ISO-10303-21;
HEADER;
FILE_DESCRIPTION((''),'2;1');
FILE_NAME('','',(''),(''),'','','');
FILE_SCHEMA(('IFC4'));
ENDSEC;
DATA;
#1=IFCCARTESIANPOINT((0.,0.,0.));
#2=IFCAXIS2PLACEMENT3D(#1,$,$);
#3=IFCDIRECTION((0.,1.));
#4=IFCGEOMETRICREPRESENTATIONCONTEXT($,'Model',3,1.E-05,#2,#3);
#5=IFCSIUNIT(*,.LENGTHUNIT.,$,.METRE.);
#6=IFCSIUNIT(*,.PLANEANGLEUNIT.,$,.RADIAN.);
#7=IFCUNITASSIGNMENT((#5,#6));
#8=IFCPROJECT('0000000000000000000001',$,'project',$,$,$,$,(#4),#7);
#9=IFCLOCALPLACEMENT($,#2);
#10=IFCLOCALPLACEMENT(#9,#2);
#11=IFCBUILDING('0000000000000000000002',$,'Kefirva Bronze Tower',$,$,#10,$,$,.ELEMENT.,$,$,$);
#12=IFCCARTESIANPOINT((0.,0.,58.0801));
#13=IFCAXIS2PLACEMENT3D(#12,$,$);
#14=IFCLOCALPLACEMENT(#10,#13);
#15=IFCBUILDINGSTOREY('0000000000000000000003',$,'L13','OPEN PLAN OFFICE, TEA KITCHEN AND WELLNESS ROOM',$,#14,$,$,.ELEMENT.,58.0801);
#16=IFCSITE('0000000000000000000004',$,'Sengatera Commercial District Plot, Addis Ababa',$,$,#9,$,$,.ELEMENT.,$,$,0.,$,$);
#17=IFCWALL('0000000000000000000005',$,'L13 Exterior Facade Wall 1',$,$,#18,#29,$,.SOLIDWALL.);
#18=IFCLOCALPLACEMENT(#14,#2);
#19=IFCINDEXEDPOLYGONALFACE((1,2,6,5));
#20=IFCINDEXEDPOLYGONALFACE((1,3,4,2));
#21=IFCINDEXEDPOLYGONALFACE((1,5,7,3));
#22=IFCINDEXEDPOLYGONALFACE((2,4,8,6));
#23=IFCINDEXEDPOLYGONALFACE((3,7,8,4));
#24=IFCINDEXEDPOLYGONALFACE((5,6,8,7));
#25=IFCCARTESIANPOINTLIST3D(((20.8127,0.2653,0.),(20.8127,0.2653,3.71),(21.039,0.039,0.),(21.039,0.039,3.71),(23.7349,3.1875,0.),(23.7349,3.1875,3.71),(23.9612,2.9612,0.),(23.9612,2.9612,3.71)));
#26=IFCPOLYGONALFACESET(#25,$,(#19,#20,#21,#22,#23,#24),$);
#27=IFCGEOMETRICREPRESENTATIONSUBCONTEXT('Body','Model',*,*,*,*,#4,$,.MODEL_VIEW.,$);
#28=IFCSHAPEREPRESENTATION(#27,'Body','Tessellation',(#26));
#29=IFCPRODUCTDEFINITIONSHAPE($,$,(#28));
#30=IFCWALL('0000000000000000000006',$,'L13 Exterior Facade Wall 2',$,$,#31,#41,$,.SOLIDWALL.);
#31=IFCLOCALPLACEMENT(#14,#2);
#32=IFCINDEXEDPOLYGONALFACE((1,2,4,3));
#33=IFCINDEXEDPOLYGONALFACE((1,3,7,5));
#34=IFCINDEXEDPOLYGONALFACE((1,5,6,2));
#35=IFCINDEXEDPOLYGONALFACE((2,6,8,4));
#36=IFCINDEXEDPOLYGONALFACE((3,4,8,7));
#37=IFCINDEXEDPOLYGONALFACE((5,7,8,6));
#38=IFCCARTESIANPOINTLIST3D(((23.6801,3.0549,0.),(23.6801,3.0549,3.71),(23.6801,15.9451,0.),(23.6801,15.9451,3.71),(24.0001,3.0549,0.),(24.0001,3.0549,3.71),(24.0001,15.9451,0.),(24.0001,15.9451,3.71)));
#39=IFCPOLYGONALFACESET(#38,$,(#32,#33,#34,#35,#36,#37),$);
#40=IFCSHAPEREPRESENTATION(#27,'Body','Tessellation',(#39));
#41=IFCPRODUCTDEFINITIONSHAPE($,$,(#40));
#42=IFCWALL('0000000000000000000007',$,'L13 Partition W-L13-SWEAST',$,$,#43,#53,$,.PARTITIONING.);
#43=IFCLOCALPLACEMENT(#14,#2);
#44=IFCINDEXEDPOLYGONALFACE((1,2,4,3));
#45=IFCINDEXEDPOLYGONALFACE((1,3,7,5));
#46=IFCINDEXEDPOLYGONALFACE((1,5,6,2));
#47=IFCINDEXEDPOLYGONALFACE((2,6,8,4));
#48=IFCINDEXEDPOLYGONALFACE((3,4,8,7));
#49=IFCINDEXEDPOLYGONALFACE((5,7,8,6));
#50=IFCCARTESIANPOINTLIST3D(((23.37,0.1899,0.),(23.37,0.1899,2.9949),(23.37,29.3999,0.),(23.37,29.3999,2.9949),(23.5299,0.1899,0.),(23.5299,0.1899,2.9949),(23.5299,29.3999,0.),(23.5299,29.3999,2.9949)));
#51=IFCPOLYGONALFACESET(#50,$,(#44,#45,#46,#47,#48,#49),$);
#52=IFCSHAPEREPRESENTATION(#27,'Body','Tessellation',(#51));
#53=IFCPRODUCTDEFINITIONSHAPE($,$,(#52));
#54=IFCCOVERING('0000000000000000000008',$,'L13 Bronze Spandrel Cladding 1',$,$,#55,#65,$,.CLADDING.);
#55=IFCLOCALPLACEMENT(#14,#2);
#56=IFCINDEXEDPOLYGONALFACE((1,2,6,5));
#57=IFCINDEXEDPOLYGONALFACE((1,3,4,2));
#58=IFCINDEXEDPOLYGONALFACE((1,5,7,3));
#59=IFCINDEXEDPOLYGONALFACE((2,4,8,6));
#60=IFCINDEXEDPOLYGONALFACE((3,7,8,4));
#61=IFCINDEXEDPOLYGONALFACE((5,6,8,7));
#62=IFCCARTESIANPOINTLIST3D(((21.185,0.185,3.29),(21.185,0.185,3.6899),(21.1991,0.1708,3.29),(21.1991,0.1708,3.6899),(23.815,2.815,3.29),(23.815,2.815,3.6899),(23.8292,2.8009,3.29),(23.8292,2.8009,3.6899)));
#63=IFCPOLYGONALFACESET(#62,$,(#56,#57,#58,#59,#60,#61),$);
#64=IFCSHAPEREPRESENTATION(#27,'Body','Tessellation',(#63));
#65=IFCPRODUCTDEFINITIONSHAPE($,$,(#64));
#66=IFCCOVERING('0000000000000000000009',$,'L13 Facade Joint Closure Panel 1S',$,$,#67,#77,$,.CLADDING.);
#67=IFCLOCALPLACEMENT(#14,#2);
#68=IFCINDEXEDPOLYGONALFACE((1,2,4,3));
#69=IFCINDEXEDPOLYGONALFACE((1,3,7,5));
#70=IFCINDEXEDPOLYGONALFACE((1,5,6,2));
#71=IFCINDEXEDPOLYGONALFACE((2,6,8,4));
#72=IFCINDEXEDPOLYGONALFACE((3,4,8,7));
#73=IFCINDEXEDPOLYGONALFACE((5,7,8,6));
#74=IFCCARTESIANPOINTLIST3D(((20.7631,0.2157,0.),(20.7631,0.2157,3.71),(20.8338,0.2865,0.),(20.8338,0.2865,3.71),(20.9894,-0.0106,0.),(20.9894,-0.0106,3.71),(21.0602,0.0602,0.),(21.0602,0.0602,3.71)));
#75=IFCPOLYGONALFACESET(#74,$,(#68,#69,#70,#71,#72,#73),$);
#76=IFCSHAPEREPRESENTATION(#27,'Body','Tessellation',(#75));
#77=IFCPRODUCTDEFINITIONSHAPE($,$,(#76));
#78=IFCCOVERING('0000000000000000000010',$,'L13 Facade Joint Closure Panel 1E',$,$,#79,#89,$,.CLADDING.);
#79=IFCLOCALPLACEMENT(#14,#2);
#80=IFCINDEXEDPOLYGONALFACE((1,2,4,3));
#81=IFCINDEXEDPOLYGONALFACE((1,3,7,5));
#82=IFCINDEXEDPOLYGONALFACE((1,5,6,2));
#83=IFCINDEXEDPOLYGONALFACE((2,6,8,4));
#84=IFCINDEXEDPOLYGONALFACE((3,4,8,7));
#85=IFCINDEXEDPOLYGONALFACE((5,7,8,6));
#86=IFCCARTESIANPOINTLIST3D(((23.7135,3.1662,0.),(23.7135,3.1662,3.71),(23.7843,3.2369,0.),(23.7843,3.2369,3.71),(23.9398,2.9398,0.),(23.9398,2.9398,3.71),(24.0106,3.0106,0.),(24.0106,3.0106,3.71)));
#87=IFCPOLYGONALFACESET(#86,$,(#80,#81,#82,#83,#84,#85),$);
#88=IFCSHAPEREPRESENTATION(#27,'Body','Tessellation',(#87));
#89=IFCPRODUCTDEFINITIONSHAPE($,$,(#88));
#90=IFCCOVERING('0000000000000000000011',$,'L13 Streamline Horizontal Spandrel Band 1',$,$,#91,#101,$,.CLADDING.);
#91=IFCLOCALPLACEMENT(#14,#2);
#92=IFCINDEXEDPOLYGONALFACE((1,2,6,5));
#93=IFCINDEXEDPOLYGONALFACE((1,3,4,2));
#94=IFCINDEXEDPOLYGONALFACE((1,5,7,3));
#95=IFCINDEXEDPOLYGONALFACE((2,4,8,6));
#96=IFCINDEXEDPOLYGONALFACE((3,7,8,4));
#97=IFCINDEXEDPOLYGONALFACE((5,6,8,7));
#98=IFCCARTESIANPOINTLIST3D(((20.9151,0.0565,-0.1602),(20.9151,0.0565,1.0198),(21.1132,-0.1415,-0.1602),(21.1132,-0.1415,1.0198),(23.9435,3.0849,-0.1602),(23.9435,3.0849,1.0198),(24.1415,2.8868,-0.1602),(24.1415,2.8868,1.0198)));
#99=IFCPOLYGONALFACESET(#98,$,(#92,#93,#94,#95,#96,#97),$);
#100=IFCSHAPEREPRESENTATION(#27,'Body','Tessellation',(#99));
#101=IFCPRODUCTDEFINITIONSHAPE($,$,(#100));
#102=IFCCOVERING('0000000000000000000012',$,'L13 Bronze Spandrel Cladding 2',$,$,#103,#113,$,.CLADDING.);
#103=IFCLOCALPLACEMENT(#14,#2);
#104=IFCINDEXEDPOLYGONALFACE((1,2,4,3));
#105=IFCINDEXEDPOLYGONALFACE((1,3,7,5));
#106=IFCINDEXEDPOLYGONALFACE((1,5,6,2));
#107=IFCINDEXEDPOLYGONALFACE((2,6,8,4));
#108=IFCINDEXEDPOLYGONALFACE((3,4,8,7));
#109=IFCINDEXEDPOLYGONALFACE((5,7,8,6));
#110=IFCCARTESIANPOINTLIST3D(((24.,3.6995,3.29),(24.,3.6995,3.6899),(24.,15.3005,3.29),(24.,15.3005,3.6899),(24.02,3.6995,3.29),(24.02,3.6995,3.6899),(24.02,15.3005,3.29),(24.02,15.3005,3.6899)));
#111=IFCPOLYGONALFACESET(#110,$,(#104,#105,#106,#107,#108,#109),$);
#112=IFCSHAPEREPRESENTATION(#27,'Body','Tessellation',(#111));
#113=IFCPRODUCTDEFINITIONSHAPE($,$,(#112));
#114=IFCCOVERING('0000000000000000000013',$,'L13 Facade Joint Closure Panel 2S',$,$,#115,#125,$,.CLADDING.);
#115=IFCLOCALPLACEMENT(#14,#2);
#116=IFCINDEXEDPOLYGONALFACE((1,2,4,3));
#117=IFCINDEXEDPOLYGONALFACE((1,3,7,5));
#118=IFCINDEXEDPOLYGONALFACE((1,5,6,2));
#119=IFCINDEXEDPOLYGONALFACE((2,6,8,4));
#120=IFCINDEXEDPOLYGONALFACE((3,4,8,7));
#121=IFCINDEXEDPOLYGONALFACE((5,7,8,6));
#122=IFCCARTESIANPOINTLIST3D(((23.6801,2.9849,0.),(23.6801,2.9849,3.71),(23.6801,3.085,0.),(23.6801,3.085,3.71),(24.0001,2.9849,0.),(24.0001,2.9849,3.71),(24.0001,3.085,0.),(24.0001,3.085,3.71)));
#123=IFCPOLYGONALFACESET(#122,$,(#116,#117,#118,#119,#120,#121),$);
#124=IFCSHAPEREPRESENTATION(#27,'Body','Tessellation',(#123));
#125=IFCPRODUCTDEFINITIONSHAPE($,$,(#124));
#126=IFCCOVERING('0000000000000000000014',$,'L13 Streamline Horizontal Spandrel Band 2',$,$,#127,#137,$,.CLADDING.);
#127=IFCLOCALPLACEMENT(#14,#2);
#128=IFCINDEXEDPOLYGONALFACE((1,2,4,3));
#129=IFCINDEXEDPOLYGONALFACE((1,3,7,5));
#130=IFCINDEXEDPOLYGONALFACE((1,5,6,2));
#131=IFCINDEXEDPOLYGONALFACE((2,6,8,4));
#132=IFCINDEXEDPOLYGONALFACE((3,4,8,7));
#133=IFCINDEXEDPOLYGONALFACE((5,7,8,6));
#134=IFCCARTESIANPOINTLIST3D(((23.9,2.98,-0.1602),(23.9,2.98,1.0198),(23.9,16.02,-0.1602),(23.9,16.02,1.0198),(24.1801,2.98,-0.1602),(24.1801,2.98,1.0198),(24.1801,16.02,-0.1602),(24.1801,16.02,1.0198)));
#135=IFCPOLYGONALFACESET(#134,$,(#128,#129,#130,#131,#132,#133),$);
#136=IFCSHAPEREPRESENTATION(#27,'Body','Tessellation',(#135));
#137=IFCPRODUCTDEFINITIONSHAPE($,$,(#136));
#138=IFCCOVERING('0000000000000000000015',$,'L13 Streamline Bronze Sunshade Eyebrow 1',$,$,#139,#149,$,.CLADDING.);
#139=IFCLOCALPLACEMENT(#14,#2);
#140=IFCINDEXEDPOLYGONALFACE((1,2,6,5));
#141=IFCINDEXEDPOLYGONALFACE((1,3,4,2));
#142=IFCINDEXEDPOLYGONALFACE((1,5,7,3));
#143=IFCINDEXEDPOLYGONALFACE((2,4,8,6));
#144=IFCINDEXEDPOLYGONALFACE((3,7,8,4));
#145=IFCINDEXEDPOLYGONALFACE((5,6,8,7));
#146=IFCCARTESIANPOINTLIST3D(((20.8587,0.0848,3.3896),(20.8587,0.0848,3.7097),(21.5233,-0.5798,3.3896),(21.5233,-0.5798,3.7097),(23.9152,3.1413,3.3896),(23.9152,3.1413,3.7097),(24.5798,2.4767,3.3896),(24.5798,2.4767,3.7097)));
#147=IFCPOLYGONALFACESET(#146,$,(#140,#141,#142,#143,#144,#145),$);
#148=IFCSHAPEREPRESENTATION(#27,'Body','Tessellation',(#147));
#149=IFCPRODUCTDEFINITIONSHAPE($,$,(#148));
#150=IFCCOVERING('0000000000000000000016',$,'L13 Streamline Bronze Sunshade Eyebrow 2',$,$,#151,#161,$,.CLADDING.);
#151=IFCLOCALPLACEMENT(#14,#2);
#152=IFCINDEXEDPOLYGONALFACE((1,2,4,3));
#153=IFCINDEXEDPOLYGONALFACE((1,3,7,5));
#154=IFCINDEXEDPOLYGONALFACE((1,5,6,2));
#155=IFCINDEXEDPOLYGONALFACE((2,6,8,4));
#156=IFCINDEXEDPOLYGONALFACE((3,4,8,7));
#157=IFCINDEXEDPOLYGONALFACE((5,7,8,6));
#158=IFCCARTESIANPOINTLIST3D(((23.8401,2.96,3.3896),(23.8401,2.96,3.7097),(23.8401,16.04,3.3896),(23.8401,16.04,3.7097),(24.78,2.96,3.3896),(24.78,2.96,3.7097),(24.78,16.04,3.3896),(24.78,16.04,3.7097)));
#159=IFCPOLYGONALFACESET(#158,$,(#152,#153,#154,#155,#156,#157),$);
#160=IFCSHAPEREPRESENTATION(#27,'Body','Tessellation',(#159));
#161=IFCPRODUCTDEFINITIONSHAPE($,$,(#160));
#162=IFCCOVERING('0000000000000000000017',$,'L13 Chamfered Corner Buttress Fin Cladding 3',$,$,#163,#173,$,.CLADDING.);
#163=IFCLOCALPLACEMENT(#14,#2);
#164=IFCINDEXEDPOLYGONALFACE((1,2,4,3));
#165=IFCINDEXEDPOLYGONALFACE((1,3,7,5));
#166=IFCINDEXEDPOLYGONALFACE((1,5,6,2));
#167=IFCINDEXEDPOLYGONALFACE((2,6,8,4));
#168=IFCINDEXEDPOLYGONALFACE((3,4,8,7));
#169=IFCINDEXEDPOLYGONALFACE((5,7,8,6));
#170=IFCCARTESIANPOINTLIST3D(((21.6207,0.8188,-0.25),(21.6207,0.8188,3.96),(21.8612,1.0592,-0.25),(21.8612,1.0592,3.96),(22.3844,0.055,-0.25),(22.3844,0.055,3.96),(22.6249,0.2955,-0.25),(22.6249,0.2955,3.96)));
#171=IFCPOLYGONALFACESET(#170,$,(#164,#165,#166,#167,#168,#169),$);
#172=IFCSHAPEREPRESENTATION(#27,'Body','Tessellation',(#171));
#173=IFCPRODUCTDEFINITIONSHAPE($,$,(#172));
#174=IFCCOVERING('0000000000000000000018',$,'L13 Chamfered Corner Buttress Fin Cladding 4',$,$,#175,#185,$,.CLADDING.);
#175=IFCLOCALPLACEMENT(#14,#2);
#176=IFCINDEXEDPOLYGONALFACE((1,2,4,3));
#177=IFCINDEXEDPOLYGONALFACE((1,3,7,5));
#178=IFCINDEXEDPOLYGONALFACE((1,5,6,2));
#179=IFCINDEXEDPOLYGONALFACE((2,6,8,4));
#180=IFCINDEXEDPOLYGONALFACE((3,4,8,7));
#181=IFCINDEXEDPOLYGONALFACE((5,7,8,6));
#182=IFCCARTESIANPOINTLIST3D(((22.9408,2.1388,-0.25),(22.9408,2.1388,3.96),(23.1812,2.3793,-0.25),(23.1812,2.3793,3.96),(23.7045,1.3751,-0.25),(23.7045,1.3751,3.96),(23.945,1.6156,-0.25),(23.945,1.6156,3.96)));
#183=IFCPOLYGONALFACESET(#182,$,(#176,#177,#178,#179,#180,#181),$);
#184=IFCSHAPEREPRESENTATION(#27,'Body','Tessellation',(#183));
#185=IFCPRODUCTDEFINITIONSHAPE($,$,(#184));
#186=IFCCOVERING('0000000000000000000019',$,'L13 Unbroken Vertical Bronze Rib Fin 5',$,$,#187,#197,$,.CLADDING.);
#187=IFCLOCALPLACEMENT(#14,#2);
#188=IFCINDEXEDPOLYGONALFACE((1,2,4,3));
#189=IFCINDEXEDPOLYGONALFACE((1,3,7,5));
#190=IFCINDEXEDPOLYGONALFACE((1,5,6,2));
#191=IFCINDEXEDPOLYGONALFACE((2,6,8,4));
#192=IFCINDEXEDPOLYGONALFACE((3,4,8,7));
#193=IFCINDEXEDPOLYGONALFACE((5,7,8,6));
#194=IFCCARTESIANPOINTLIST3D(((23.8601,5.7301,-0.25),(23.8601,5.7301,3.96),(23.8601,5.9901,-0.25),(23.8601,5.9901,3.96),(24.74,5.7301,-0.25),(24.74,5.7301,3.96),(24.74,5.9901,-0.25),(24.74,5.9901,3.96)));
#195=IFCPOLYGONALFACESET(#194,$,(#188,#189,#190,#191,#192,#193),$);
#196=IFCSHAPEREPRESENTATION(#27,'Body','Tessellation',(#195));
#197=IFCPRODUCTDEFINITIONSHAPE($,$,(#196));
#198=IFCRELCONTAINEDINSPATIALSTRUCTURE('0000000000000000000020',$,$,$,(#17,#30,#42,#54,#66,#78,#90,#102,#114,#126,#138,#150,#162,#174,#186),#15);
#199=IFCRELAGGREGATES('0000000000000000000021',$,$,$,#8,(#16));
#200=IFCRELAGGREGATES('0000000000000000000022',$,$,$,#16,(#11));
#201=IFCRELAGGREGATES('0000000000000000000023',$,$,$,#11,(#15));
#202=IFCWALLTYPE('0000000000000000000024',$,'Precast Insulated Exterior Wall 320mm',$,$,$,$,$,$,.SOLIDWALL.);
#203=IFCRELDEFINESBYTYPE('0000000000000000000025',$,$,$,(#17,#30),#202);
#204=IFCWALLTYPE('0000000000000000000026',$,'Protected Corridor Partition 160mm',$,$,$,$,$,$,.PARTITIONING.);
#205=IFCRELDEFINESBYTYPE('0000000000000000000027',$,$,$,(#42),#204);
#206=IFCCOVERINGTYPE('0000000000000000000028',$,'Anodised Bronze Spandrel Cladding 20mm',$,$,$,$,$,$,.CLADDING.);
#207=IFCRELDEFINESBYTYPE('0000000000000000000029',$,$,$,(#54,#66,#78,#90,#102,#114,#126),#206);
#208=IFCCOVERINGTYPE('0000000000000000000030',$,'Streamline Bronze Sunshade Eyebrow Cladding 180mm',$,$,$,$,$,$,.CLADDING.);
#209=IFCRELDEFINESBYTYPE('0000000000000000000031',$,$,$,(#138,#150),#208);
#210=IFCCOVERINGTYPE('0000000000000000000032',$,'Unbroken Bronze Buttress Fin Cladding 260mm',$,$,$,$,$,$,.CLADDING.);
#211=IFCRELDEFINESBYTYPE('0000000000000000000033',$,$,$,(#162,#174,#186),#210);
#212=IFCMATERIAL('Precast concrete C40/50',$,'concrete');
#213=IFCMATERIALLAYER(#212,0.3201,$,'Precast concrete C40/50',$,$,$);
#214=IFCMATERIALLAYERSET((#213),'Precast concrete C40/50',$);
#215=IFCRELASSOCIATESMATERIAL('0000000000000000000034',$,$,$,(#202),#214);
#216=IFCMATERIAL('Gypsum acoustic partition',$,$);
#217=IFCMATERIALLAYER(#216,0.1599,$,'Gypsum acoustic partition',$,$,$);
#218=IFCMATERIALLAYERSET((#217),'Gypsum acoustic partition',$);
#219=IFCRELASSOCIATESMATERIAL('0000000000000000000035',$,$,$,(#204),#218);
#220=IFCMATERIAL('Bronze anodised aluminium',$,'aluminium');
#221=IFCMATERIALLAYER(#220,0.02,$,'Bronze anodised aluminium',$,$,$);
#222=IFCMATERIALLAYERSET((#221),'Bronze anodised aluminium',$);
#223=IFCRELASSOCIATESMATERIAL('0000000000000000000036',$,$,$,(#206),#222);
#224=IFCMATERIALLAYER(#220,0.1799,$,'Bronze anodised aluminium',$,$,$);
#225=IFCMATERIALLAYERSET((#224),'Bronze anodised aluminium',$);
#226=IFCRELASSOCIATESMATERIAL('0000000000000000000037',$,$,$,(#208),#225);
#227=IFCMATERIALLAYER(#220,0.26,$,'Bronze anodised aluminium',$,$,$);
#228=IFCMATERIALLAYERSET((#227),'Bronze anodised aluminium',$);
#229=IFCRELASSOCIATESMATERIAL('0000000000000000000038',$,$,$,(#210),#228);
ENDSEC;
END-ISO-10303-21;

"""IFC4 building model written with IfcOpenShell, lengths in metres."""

from ifc_helpers import new_model, si_unit, direction, frame, frame_2d, origin, origin_2d, place, context, subcontext, project, spatial, rectangle, extrude, material, layer, layer_set, type_object, element, save


model = new_model("IFC4")

# Units and contexts
model_context = context("Model", 3, precision=1e-05, world=origin(), true_north=direction((0.0, 1.0)))
body_context = subcontext(model_context, "Body", "Model", "MODEL_VIEW")
ifc_project = project(units=[si_unit("LENGTHUNIT", "METRE"), si_unit("PLANEANGLEUNIT", "RADIAN")], contexts=[model_context])

# Site, building, storey
site_placement = place(None, origin())
site = spatial("IfcSite", under=ifc_project, at=site_placement, Name="Sengatera Commercial District Plot, Addis Ababa", CompositionType="ELEMENT", RefElevation=0.0)
building_placement = place(site_placement, origin())
building = spatial("IfcBuilding", under=site, at=building_placement, Name="Kefirva Bronze Tower", CompositionType="ELEMENT")
storey_placement = place(building_placement, frame((0.0, 0.0, 58.0801)))
storey = spatial("IfcBuildingStorey", under=building, at=storey_placement, Name="L13", Description="OPEN PLAN OFFICE, TEA KITCHEN AND WELLNESS ROOM", CompositionType="ELEMENT", Elevation=58.0801)

# Shared definitions
ifc_material_1 = material(Name="Bronze anodised aluminium", Category="aluminium")

# Walls
ifc_material_2 = material(Name="Precast concrete C40/50", Category="concrete")
ifc_layer_1 = layer(ifc_material_2, 0.3201, Name="Precast concrete C40/50")
ifc_layer_set_1 = layer_set([ifc_layer_1], Name="Precast concrete C40/50")
wall_type_1 = type_object("IfcWallType", Name="Precast Insulated Exterior Wall 320mm", PredefinedType="SOLIDWALL", material=ifc_layer_set_1)
wall_1_placement = place(storey_placement, frame((20.9258, 0.1521, 0.0), z_axis=(0.0, 0.0, 1.0), x_axis=(0.707107, 0.707107, 0.0)))
element("IfcWall", 1, at=wall_1_placement, inside=storey, type_object=wall_type_1, Name="L13 Exterior Facade Wall 1", PredefinedType="SOLIDWALL", context=body_context, shape_type="SweptSolid", body=[
    extrude(rectangle(XDim=4.1326, YDim=0.3201, at=frame_2d((2.0664, 0.0))), origin(), (0.0, 0.0, 1.0), 3.71),
])
wall_2_placement = place(storey_placement, frame((23.8401, 3.0549, 0.0), z_axis=(0.0, 0.0, 1.0), x_axis=(0.0, 1.0, 0.0)))
element("IfcWall", 2, at=wall_2_placement, inside=storey, type_object=wall_type_1, Name="L13 Exterior Facade Wall 2", PredefinedType="SOLIDWALL", context=body_context, shape_type="SweptSolid", body=[
    extrude(rectangle(XDim=12.8901, YDim=0.3201, at=frame_2d((6.4451, 0.0))), origin(), (0.0, 0.0, 1.0), 3.71),
])
ifc_material_3 = material(Name="Gypsum acoustic partition")
ifc_layer_2 = layer(ifc_material_3, 0.1599, Name="Gypsum acoustic partition")
ifc_layer_set_2 = layer_set([ifc_layer_2], Name="Gypsum acoustic partition")
wall_type_2 = type_object("IfcWallType", Name="Protected Corridor Partition 160mm", PredefinedType="PARTITIONING", material=ifc_layer_set_2)
wall_3_placement = place(storey_placement, frame((23.45, 0.1899, 0.0), z_axis=(0.0, 0.0, 1.0), x_axis=(0.0, 1.0, 0.0)))
element("IfcWall", 3, at=wall_3_placement, inside=storey, type_object=wall_type_2, Name="L13 Partition W-L13-SWEAST", PredefinedType="PARTITIONING", context=body_context, shape_type="SweptSolid", body=[
    extrude(rectangle(XDim=29.21, YDim=0.1599, at=frame_2d((14.605, 0.0))), origin(), (0.0, 0.0, 1.0), 2.9949),
])

# Coverings
ifc_layer_3 = layer(ifc_material_1, 0.02, Name="Bronze anodised aluminium")
ifc_layer_set_3 = layer_set([ifc_layer_3], Name="Bronze anodised aluminium")
covering_type_1 = type_object("IfcCoveringType", Name="Anodised Bronze Spandrel Cladding 20mm", PredefinedType="CLADDING", material=ifc_layer_set_3)
covering_1_placement = place(storey_placement, frame((22.5071, 1.4929, 3.29), z_axis=(0.0, 0.0, 1.0), x_axis=(0.707107, 0.707107, 0.0)))
element("IfcCovering", 4, at=covering_1_placement, inside=storey, type_object=covering_type_1, Name="L13 Bronze Spandrel Cladding 1", PredefinedType="CLADDING", context=body_context, shape_type="SweptSolid", body=[
    extrude(rectangle(XDim=3.7195, YDim=0.02, at=origin_2d()), origin(), (0.0, 0.0, 1.0), 0.3999),
])
for number, where, z_axis, x_axis, name in (
    (5, (20.9116, 0.1379, 0.0), (0.0, 0.0, 1.0), (0.707107, 0.707107, 0.0), "L13 Facade Joint Closure Panel 1S"),
    (6, (23.8621, 3.0884, 0.0), (0.0, 0.0, 1.0), (0.707107, 0.707107, 0.0), "L13 Facade Joint Closure Panel 1E"),
):
    element("IfcCovering", number, at=place(storey_placement, frame(where, z_axis=z_axis, x_axis=x_axis)), inside=storey, type_object=covering_type_1, Name=name, PredefinedType="CLADDING", context=body_context, shape_type="SweptSolid", body=[
        extrude(rectangle(XDim=0.1001, YDim=0.3201, at=origin_2d()), origin(), (0.0, 0.0, 1.0), 3.71),
    ])
covering_2_placement = place(storey_placement, frame((22.5283, 1.4717, -0.1602), z_axis=(0.0, 0.0, 1.0), x_axis=(0.707107, 0.707107, 0.0)))
element("IfcCovering", 7, at=covering_2_placement, inside=storey, type_object=covering_type_1, Name="L13 Streamline Horizontal Spandrel Band 1", PredefinedType="CLADDING", context=body_context, shape_type="SweptSolid", body=[
    extrude(rectangle(XDim=4.2827, YDim=0.28, at=origin_2d()), origin(), (0.0, 0.0, 1.0), 1.1799),
])
covering_3_placement = place(storey_placement, frame((24.01, 9.5, 3.29), z_axis=(0.0, 0.0, 1.0), x_axis=(0.0, 1.0, 0.0)))
element("IfcCovering", 8, at=covering_3_placement, inside=storey, type_object=covering_type_1, Name="L13 Bronze Spandrel Cladding 2", PredefinedType="CLADDING", context=body_context, shape_type="SweptSolid", body=[
    extrude(rectangle(XDim=11.6011, YDim=0.02, at=origin_2d()), origin(), (0.0, 0.0, 1.0), 0.3999),
])
covering_4_placement = place(storey_placement, frame((23.8401, 3.0349, 0.0), z_axis=(0.0, 0.0, 1.0), x_axis=(0.0, 1.0, 0.0)))
element("IfcCovering", 9, at=covering_4_placement, inside=storey, type_object=covering_type_1, Name="L13 Facade Joint Closure Panel 2S", PredefinedType="CLADDING", context=body_context, shape_type="SweptSolid", body=[
    extrude(rectangle(XDim=0.1001, YDim=0.3201, at=origin_2d()), origin(), (0.0, 0.0, 1.0), 3.71),
])
covering_5_placement = place(storey_placement, frame((24.04, 9.5, -0.1602), z_axis=(0.0, 0.0, 1.0), x_axis=(0.0, 1.0, 0.0)))
element("IfcCovering", 10, at=covering_5_placement, inside=storey, type_object=covering_type_1, Name="L13 Streamline Horizontal Spandrel Band 2", PredefinedType="CLADDING", context=body_context, shape_type="SweptSolid", body=[
    extrude(rectangle(XDim=13.04, YDim=0.28, at=origin_2d()), origin(), (0.0, 0.0, 1.0), 1.1799),
])
ifc_layer_4 = layer(ifc_material_1, 0.1799, Name="Bronze anodised aluminium")
ifc_layer_set_4 = layer_set([ifc_layer_4], Name="Bronze anodised aluminium")
covering_type_2 = type_object("IfcCoveringType", Name="Streamline Bronze Sunshade Eyebrow Cladding 180mm", PredefinedType="CLADDING", material=ifc_layer_set_4)
covering_6_placement = place(storey_placement, frame((22.7192, 1.2808, 3.3896), z_axis=(0.0, 0.0, 1.0), x_axis=(0.707107, 0.707107, 0.0)))
element("IfcCovering", 11, at=covering_6_placement, inside=storey, type_object=covering_type_2, Name="L13 Streamline Bronze Sunshade Eyebrow 1", PredefinedType="CLADDING", context=body_context, shape_type="SweptSolid", body=[
    extrude(rectangle(XDim=4.3225, YDim=0.9399, at=origin_2d()), origin(), (0.0, 0.0, 1.0), 0.3201),
])
covering_7_placement = place(storey_placement, frame((24.3101, 9.5, 3.3896), z_axis=(0.0, 0.0, 1.0), x_axis=(0.0, 1.0, 0.0)))
element("IfcCovering", 12, at=covering_7_placement, inside=storey, type_object=covering_type_2, Name="L13 Streamline Bronze Sunshade Eyebrow 2", PredefinedType="CLADDING", context=body_context, shape_type="SweptSolid", body=[
    extrude(rectangle(XDim=13.0801, YDim=0.9399, at=origin_2d()), origin(), (0.0, 0.0, 1.0), 0.3201),
])
ifc_layer_5 = layer(ifc_material_1, 0.26, Name="Bronze anodised aluminium")
ifc_layer_set_5 = layer_set([ifc_layer_5], Name="Bronze anodised aluminium")
covering_type_3 = type_object("IfcCoveringType", Name="Unbroken Bronze Buttress Fin Cladding 260mm", PredefinedType="CLADDING", material=ifc_layer_set_5)
for number, where, z_axis, x_axis, name in (
    (13, (22.1228, 0.5571, -0.25), (0.0, 0.0, 1.0), (0.707107, 0.707107, 0.0), "L13 Chamfered Corner Buttress Fin Cladding 3"),
    (14, (23.4429, 1.8772, -0.25), (0.0, 0.0, 1.0), (0.707107, 0.707107, 0.0), "L13 Chamfered Corner Buttress Fin Cladding 4"),
):
    element("IfcCovering", number, at=place(storey_placement, frame(where, z_axis=z_axis, x_axis=x_axis)), inside=storey, type_object=covering_type_3, Name=name, PredefinedType="CLADDING", context=body_context, shape_type="SweptSolid", body=[
        extrude(rectangle(XDim=0.3401, YDim=1.0801, at=origin_2d()), origin(), (0.0, 0.0, 1.0), 4.21),
    ])
covering_8_placement = place(storey_placement, frame((24.3, 5.8601, -0.25), z_axis=(0.0, 0.0, 1.0), x_axis=(0.0, 1.0, 0.0)))
element("IfcCovering", 15, at=covering_8_placement, inside=storey, type_object=covering_type_3, Name="L13 Unbroken Vertical Bronze Rib Fin 5", PredefinedType="CLADDING", context=body_context, shape_type="SweptSolid", body=[
    extrude(rectangle(XDim=0.26, YDim=0.8799, at=origin_2d()), origin(), (0.0, 0.0, 1.0), 4.21),
])

save(model, "model.ifc")
